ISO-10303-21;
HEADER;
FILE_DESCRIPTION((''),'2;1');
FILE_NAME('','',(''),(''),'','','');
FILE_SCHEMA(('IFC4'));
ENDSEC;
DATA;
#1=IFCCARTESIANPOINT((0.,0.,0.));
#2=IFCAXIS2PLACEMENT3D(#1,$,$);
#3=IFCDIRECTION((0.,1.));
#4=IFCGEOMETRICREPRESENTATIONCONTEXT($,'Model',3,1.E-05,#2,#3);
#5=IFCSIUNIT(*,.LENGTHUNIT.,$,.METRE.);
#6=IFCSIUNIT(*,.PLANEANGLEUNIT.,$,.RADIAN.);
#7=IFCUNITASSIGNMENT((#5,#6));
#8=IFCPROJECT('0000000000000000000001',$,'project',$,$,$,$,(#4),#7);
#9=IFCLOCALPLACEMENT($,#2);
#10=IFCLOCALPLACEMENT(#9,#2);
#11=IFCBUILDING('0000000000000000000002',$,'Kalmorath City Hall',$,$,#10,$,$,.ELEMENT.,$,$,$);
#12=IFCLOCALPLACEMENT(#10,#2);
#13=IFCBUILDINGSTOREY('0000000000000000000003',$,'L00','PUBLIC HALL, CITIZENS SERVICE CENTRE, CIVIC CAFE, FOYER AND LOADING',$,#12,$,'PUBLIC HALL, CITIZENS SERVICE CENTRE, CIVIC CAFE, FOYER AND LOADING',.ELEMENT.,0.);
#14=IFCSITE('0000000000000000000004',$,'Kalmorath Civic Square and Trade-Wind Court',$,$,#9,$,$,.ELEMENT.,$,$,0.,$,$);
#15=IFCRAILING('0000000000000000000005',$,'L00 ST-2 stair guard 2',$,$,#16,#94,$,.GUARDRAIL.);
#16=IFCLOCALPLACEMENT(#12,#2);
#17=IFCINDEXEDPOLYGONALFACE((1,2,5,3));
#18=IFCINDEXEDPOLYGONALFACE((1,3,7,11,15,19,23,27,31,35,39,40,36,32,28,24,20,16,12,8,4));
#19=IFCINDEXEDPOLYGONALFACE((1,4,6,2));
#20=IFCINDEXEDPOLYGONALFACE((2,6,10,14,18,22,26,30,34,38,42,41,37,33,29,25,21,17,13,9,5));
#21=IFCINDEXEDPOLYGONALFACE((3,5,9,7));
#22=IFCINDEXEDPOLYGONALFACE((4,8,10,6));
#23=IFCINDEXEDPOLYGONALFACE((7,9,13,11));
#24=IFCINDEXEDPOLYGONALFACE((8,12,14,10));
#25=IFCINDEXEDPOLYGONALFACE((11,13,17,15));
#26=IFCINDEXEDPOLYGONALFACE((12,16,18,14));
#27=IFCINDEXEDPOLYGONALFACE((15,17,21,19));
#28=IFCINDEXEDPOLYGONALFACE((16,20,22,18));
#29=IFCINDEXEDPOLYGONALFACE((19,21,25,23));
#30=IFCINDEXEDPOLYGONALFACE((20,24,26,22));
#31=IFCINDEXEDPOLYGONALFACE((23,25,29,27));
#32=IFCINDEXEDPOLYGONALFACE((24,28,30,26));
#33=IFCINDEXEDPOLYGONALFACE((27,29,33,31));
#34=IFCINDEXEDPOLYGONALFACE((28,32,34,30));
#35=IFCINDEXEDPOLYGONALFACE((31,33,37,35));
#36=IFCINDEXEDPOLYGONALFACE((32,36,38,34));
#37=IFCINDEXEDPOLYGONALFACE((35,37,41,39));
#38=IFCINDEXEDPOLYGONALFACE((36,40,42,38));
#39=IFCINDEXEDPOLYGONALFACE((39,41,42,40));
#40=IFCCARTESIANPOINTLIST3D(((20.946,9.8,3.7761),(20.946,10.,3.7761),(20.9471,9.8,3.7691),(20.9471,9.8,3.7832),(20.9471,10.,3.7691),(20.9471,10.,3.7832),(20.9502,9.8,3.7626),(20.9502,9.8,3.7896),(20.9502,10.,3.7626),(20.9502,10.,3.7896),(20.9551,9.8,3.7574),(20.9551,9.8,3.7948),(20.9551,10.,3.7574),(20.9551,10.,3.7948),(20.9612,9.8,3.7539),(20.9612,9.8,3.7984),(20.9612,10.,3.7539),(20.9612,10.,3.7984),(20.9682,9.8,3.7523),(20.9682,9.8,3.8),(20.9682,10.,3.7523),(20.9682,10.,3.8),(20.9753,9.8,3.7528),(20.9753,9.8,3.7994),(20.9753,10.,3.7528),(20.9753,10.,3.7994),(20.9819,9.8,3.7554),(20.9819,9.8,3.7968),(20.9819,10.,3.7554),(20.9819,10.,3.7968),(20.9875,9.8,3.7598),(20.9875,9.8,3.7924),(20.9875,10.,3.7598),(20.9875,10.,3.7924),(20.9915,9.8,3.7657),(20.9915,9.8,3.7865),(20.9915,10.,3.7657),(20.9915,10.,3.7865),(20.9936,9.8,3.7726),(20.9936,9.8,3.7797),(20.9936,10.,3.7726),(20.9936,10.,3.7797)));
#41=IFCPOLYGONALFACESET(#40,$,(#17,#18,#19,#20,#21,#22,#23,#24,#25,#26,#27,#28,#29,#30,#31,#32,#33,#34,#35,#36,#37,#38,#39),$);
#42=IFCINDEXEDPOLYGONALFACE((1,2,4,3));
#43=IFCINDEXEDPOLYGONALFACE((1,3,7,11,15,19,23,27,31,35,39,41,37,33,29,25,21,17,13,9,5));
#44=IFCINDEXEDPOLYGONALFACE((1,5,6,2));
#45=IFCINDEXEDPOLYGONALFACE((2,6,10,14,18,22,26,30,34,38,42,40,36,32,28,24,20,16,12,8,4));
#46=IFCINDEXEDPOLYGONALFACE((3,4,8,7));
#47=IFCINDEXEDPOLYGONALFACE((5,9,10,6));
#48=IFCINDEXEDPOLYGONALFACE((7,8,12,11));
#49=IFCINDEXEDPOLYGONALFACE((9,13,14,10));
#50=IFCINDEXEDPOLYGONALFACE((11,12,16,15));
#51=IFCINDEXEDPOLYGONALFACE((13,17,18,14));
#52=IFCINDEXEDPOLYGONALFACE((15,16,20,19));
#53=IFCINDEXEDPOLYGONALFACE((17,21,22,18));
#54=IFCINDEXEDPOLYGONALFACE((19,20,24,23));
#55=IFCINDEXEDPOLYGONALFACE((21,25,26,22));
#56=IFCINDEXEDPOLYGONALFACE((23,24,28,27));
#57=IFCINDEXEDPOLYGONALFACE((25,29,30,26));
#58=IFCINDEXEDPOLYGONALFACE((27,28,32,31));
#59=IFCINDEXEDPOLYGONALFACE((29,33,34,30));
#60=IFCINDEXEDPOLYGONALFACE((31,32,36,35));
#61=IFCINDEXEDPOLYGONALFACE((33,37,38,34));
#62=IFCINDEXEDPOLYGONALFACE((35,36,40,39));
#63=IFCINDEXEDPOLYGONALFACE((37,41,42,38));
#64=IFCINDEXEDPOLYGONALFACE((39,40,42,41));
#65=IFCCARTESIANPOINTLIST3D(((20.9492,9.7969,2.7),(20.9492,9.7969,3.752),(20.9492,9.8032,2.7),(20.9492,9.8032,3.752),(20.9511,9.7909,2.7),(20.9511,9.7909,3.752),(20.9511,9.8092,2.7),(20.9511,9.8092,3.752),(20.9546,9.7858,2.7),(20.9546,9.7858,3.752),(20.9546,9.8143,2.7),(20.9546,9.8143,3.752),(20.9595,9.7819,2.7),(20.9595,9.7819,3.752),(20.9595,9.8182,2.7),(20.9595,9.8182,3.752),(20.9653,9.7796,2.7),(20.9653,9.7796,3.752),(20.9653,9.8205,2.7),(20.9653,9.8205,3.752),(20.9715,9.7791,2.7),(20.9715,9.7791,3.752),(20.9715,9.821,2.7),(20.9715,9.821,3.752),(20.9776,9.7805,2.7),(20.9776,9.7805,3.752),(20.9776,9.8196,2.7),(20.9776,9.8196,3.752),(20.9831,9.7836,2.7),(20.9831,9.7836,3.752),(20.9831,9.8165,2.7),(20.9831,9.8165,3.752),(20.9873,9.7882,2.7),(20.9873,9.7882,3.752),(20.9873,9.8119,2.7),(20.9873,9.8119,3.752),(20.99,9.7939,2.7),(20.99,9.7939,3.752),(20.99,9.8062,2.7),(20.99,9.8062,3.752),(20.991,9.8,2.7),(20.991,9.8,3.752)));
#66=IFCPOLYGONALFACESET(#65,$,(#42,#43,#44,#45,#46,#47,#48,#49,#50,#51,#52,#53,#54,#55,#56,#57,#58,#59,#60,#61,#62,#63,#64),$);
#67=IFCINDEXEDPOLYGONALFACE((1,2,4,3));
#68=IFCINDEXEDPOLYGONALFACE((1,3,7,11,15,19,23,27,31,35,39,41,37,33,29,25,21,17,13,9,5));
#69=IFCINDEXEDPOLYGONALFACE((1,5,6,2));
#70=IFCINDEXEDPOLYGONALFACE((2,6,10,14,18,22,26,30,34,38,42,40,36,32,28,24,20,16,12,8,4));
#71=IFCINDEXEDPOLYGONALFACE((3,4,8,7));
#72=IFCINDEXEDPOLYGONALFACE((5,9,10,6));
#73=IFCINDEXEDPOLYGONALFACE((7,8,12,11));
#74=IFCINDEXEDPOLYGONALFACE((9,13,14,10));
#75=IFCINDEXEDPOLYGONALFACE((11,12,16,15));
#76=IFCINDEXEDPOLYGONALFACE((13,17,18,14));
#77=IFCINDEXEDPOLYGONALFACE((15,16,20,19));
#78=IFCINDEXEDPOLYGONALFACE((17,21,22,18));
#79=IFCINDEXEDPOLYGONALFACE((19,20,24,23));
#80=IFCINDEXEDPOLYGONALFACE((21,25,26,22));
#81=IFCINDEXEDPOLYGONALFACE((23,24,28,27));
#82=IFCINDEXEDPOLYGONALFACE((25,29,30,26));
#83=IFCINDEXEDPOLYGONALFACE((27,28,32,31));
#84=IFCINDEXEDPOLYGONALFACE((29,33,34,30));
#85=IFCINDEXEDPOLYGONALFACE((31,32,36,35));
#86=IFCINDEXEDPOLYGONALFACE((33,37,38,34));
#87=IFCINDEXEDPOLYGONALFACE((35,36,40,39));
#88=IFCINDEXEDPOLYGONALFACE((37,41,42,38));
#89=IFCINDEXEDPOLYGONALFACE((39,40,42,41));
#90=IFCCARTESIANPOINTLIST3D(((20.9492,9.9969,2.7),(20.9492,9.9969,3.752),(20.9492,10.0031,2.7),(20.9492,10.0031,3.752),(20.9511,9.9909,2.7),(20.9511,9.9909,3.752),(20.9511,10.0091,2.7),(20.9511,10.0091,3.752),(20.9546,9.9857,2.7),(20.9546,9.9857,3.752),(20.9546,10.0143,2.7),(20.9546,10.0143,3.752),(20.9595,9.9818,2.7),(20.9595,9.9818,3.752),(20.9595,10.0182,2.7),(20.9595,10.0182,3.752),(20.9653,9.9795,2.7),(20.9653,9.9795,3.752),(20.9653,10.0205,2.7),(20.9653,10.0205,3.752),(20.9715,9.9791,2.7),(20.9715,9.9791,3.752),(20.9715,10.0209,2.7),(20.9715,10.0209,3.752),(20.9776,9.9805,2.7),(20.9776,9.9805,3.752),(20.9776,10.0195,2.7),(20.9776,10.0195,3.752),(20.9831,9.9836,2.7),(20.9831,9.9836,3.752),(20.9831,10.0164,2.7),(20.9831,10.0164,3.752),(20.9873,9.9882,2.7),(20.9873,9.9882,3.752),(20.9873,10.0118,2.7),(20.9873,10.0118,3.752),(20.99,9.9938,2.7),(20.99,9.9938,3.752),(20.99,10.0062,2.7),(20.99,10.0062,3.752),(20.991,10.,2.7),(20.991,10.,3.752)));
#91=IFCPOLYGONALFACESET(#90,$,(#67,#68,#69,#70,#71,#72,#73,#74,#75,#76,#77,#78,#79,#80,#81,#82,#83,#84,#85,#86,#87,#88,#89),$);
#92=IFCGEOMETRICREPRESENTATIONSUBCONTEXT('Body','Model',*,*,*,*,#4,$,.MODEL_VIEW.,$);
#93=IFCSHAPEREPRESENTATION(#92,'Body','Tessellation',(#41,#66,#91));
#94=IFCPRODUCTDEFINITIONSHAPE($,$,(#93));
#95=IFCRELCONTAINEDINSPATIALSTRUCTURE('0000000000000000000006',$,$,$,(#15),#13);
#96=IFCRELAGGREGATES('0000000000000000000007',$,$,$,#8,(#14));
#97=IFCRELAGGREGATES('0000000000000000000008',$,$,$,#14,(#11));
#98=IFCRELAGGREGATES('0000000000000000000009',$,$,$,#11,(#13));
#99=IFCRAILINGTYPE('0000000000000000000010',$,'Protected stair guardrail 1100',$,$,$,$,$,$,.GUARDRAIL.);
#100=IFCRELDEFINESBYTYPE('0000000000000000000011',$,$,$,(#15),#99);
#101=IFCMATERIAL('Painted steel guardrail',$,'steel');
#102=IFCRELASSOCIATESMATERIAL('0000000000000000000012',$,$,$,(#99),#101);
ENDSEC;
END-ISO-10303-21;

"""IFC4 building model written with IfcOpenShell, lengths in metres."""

from ifc_helpers import new_model, si_unit, direction, frame, origin, origin_2d, place, context, subcontext, project, spatial, circle, extrude, material, type_object, element, save


model = new_model("IFC4")

# Units and contexts
model_context = context("Model", 3, precision=1e-05, world=origin(), true_north=direction((0.0, 1.0)))
body_context = subcontext(model_context, "Body", "Model", "MODEL_VIEW")
ifc_project = project(units=[si_unit("LENGTHUNIT", "METRE"), si_unit("PLANEANGLEUNIT", "RADIAN")], contexts=[model_context])

# Site, building, storey
site_placement = place(None, origin())
site = spatial("IfcSite", under=ifc_project, at=site_placement, Name="Kalmorath Civic Square and Trade-Wind Court", CompositionType="ELEMENT", RefElevation=0.0)
building_placement = place(site_placement, origin())
building = spatial("IfcBuilding", under=site, at=building_placement, Name="Kalmorath City Hall", CompositionType="ELEMENT")
storey_placement = place(building_placement, origin())
storey = spatial("IfcBuildingStorey", under=building, at=storey_placement, Name="L00", Description="PUBLIC HALL, CITIZENS SERVICE CENTRE, CIVIC CAFE, FOYER AND LOADING", LongName="PUBLIC HALL, CITIZENS SERVICE CENTRE, CIVIC CAFE, FOYER AND LOADING", CompositionType="ELEMENT", Elevation=0.0)

# Railing
ifc_material_1 = material(Name="Painted steel guardrail", Category="steel")
railing_type_1 = type_object("IfcRailingType", Name="Protected stair guardrail 1100", PredefinedType="GUARDRAIL", material=ifc_material_1)
railing_1_placement = place(storey_placement, frame((20.97, 9.8, 2.7)))
element("IfcRailing", 1, at=railing_1_placement, inside=storey, type_object=railing_type_1, Name="L00 ST-2 stair guard 2", PredefinedType="GUARDRAIL", context=body_context, shape_type="SweptSolid", body=[
    extrude(circle(Radius=0.0239, at=origin_2d()), frame((0.0, 0.0, 1.0762), z_axis=(0.0, 1.0, 0.0), x_axis=(-1.0, 0.0, 0.0)), (0.0, 0.0, 1.0), 0.2),
    extrude(circle(Radius=0.021, at=origin_2d()), origin(), (0.0, 0.0, 1.0), 1.052),
    extrude(circle(Radius=0.021, at=origin_2d()), frame((0.0, 0.2, 0.0)), (0.0, 0.0, 1.0), 1.052),
])

save(model, "model.ifc")
